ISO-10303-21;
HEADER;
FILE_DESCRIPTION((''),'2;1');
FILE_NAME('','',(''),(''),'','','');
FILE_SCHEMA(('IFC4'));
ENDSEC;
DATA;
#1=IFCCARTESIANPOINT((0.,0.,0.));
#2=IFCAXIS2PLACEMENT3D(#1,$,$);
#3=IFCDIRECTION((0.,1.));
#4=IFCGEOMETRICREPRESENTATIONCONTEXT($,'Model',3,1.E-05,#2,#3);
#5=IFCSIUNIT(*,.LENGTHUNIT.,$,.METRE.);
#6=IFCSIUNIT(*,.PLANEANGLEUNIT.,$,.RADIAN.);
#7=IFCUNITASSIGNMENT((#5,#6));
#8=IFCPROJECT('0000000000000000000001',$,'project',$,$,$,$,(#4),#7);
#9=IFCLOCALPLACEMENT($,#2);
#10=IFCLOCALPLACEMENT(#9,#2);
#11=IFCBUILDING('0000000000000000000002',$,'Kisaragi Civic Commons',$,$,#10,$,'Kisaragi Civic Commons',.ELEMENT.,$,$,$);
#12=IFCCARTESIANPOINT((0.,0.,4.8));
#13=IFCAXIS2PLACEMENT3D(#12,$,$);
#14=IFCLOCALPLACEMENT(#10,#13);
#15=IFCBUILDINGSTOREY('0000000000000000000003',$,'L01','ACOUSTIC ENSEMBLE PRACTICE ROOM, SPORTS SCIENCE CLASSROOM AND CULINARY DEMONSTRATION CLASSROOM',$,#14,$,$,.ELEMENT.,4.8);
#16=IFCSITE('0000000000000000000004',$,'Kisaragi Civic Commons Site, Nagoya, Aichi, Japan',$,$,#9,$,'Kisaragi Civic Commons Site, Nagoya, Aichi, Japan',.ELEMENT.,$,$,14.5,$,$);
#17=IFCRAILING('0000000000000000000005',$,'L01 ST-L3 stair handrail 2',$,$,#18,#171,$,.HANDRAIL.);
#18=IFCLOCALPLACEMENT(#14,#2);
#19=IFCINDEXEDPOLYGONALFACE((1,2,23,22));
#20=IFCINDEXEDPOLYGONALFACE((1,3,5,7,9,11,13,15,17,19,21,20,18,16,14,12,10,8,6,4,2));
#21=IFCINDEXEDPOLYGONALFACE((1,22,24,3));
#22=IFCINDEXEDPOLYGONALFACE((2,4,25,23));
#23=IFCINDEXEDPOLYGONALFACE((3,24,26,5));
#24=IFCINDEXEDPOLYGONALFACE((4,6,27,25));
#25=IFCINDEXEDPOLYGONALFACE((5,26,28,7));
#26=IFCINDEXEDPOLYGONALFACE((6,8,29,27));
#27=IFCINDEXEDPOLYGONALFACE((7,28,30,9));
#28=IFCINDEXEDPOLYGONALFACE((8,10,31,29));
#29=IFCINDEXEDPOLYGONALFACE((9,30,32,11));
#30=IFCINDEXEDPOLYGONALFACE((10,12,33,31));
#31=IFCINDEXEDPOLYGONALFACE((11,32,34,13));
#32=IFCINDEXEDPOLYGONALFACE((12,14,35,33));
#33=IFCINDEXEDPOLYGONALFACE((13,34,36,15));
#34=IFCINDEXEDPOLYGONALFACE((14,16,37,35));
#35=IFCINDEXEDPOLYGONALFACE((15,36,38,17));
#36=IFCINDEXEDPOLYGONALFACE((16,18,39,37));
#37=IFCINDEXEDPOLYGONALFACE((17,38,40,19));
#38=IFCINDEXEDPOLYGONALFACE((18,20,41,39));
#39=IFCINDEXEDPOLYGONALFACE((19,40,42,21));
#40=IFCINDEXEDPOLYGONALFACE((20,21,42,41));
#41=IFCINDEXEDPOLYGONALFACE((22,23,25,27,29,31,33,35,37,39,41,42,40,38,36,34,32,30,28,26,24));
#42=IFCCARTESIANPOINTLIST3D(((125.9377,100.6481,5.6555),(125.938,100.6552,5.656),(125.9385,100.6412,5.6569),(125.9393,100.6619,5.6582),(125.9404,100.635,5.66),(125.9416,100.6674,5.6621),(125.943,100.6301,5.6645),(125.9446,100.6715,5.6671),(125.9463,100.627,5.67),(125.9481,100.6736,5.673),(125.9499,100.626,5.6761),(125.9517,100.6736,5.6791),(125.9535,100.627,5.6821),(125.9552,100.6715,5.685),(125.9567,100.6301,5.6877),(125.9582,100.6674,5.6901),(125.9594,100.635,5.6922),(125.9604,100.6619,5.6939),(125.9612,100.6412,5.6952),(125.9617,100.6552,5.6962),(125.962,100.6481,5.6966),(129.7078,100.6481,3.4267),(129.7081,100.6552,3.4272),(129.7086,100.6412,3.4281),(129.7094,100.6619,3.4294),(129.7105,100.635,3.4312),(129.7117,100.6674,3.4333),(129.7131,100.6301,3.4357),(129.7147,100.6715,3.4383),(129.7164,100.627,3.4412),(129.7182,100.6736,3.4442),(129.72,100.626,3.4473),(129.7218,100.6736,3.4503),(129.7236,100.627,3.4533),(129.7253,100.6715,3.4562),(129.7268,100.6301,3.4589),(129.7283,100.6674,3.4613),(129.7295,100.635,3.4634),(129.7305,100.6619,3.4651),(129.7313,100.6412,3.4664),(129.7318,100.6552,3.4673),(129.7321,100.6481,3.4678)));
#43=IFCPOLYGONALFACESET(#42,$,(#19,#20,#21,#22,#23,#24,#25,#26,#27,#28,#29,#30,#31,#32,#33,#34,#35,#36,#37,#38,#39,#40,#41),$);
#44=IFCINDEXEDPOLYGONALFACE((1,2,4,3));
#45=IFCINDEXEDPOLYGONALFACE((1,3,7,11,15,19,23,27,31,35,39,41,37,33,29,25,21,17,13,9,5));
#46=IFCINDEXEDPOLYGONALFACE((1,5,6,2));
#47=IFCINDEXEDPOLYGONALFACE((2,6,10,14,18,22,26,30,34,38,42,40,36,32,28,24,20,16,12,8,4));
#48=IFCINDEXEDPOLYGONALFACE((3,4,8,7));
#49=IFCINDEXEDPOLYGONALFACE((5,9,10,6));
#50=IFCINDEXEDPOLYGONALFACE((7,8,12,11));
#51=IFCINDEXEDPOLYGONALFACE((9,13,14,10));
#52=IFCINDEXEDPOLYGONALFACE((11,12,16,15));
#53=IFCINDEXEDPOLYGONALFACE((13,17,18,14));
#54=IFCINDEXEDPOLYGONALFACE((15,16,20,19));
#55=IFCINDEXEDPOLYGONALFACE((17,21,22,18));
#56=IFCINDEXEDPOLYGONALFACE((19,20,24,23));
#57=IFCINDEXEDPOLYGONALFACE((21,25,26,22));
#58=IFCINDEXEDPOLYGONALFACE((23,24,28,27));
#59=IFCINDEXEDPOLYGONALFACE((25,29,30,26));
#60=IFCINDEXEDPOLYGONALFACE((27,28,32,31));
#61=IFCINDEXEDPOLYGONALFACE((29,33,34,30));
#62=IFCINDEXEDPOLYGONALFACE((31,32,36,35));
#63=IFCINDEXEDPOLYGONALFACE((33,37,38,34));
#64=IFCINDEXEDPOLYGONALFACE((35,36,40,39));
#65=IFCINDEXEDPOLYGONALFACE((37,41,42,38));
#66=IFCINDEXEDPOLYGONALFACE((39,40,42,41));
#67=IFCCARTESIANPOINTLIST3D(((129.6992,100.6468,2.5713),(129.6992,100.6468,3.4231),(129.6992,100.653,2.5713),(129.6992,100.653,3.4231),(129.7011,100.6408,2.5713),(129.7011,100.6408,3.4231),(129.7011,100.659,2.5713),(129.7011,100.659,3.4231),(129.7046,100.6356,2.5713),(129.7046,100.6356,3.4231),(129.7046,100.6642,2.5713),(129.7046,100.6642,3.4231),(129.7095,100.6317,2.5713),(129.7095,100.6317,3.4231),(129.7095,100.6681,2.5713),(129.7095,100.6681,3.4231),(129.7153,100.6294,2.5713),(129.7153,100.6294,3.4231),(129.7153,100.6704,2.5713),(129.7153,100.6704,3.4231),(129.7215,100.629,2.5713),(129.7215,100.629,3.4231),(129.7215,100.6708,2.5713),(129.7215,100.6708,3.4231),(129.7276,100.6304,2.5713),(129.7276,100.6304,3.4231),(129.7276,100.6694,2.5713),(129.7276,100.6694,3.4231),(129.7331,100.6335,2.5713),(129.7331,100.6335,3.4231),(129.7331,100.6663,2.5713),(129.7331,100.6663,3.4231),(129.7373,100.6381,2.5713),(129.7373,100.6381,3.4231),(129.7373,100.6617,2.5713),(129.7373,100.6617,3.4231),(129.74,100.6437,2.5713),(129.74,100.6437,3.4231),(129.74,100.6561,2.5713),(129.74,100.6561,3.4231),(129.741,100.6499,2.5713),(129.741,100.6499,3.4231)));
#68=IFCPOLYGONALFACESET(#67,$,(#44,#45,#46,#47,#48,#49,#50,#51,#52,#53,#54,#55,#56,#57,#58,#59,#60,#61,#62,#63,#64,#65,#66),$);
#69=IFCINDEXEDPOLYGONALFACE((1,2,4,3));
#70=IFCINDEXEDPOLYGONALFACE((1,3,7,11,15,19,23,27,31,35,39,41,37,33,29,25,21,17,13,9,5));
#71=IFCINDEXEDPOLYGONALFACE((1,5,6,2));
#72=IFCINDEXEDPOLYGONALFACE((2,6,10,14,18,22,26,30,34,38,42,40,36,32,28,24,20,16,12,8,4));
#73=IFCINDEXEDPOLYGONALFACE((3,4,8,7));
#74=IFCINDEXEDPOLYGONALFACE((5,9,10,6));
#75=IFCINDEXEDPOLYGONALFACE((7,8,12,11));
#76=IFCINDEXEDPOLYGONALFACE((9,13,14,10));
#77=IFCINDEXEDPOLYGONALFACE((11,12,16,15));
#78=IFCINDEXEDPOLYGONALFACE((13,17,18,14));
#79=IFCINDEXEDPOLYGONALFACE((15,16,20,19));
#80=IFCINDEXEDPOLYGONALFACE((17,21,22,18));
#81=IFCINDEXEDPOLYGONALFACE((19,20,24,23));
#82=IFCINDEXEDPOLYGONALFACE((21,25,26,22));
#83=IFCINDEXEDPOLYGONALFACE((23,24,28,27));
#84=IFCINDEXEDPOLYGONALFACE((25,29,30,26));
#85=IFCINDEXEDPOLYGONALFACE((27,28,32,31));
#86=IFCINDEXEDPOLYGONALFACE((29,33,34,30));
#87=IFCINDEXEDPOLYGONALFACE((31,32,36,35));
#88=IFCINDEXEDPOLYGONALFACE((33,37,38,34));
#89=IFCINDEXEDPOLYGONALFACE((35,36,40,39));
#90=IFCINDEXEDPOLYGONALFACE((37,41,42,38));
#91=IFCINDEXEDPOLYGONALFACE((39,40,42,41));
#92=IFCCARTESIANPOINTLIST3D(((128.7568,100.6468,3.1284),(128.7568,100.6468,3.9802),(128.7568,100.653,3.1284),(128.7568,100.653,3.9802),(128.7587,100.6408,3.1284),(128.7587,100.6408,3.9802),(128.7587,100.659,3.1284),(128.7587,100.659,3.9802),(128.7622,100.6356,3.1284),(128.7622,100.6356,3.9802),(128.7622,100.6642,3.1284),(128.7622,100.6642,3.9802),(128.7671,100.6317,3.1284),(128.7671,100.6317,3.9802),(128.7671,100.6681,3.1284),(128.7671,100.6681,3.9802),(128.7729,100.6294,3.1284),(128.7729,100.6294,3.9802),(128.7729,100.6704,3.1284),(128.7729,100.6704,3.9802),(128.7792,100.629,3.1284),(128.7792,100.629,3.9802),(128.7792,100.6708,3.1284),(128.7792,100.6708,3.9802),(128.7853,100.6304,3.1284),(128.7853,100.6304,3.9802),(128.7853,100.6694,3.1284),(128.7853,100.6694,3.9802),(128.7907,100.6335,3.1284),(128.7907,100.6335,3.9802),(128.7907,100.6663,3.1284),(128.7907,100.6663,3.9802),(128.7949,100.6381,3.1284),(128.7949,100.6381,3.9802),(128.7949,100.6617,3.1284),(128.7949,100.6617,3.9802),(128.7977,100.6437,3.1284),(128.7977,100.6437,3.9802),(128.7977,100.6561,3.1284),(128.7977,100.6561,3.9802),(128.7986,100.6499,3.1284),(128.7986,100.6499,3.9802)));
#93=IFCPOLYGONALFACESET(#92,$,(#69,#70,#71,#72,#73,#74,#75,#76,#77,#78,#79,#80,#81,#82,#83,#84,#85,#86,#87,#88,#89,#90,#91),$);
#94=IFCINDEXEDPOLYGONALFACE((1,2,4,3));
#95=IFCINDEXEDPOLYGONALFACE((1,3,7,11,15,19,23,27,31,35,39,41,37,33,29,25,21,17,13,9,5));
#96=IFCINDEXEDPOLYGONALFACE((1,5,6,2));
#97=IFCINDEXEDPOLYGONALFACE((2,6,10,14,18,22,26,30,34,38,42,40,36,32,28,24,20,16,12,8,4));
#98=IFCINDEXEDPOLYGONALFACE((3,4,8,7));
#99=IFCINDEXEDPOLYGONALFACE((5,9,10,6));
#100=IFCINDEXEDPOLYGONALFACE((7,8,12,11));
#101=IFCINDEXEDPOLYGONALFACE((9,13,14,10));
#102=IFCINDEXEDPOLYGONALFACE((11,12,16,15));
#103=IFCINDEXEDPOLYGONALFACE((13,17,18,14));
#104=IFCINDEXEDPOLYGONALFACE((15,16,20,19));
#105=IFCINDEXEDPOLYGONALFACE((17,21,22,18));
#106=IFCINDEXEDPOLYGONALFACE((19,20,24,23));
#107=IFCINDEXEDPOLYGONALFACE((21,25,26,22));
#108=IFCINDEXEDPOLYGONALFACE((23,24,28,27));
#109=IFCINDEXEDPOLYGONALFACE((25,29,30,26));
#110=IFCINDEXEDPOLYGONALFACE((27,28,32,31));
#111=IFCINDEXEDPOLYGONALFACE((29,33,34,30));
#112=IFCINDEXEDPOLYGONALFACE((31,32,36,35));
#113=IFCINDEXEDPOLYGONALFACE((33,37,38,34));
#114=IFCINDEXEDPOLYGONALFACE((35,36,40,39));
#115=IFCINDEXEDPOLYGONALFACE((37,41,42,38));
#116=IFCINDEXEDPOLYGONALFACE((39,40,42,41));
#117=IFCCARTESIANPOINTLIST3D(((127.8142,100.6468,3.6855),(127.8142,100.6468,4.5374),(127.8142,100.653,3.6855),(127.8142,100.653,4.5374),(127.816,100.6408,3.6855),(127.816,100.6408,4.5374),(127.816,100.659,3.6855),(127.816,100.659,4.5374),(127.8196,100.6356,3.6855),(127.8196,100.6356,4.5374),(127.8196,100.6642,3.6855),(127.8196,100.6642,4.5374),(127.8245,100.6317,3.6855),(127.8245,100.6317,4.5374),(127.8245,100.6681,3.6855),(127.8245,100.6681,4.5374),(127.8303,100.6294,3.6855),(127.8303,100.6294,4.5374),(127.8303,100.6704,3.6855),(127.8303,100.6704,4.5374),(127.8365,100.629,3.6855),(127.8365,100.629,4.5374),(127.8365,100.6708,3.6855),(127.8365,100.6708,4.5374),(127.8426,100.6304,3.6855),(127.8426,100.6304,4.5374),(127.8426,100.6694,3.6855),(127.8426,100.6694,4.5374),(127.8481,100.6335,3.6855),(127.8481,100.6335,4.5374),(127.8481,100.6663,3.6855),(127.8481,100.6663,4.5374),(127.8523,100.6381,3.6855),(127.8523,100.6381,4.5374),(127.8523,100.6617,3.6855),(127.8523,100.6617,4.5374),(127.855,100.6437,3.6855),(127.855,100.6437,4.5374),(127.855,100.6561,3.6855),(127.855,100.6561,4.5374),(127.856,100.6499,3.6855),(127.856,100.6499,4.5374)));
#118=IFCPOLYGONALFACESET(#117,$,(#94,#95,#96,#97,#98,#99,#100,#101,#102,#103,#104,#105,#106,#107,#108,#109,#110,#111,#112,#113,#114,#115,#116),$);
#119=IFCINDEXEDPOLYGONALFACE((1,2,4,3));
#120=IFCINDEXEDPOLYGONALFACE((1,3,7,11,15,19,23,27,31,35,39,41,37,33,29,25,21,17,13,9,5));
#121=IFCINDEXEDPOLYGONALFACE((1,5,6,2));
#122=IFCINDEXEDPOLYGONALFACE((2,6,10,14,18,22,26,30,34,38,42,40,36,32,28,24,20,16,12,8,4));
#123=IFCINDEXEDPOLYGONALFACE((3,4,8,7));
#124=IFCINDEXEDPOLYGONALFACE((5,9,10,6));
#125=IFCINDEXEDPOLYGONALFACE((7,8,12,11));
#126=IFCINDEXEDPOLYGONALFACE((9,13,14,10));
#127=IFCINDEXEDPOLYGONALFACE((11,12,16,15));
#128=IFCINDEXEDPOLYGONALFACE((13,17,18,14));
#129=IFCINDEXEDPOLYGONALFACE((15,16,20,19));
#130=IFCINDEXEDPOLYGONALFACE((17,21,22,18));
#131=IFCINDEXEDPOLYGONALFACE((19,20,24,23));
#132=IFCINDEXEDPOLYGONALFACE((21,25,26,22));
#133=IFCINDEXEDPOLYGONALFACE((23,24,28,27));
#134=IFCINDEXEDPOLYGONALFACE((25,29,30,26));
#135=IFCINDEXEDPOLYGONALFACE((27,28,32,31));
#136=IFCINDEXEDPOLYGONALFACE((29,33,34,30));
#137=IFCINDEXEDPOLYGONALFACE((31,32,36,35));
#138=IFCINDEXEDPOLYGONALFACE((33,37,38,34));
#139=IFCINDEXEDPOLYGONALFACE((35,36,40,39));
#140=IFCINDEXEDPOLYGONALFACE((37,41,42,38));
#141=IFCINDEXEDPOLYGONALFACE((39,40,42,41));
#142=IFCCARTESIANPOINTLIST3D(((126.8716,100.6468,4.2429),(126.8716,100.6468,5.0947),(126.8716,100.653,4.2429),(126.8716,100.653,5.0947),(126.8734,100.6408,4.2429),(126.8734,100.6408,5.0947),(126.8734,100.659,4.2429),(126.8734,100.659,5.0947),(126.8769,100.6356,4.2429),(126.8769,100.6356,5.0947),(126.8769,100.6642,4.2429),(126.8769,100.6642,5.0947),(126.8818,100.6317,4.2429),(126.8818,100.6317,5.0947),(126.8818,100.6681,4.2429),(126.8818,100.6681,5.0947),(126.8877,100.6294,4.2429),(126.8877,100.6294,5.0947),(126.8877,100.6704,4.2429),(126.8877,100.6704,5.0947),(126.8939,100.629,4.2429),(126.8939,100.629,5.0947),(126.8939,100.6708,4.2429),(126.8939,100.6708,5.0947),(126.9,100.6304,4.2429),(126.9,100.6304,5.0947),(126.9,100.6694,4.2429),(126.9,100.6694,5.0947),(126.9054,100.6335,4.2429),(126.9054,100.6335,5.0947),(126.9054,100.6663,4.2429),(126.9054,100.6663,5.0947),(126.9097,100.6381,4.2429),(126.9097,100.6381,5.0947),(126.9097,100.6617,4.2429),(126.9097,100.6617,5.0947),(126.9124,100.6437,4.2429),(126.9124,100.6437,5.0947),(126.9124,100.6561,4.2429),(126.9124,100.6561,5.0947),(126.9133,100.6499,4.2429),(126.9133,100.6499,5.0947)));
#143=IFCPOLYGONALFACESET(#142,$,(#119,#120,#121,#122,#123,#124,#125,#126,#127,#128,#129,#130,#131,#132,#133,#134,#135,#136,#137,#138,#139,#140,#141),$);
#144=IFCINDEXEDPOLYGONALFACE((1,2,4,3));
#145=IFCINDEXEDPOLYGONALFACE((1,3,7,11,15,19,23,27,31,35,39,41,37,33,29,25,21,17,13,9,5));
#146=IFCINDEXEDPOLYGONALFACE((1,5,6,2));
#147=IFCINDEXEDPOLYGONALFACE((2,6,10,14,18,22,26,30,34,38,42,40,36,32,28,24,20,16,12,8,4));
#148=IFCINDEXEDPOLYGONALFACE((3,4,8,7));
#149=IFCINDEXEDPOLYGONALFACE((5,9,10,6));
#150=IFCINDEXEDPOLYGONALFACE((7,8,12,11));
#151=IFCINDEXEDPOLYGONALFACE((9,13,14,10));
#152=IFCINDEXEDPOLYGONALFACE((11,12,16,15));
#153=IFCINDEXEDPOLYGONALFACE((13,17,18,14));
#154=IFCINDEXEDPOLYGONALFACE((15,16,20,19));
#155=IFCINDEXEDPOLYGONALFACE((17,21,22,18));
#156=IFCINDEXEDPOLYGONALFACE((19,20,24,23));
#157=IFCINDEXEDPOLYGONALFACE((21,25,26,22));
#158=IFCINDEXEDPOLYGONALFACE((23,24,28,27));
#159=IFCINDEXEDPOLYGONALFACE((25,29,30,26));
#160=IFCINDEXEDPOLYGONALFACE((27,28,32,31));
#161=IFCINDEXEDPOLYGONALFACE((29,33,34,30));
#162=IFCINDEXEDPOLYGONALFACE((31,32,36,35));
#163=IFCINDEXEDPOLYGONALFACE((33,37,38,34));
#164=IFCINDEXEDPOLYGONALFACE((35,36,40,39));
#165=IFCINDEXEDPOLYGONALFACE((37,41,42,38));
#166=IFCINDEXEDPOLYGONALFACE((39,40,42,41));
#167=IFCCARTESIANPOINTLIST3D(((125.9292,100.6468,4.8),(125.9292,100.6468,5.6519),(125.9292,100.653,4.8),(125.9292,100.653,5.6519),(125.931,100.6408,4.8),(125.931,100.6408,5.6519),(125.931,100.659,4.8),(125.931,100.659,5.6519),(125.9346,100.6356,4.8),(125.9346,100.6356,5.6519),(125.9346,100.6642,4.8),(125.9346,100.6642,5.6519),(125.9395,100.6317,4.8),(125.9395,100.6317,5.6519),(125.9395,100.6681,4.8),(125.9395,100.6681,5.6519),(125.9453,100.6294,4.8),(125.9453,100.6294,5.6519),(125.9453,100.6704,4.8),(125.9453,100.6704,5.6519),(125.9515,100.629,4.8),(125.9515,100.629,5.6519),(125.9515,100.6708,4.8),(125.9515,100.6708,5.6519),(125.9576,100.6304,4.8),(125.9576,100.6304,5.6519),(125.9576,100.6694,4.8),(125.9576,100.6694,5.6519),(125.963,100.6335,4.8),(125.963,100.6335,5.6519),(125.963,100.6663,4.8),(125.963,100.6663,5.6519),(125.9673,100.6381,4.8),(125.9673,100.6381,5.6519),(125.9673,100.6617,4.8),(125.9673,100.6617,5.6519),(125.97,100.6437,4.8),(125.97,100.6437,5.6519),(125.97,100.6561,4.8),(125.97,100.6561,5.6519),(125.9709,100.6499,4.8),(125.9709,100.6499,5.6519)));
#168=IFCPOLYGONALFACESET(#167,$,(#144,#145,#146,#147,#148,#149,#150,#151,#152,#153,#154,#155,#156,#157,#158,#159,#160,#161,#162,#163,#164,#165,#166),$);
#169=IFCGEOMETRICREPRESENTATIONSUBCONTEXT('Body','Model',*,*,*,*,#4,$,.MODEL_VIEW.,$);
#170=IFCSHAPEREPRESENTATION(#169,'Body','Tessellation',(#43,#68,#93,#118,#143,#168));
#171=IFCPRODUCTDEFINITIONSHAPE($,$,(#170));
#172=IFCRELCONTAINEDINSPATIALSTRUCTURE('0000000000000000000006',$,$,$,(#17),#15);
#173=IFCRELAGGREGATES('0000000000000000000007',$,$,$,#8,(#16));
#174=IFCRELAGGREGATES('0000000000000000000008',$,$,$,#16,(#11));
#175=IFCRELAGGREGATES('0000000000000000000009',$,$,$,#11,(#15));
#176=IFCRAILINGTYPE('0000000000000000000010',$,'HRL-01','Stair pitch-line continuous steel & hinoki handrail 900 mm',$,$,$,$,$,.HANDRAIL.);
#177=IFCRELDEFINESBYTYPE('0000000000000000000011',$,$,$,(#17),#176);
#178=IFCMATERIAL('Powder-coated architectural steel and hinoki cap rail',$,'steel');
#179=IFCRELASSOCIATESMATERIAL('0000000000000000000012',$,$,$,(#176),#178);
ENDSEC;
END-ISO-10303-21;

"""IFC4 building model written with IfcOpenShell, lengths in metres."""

from ifc_helpers import new_model, si_unit, direction, frame, origin, origin_2d, place, context, subcontext, project, spatial, circle, extrude, material, type_object, element, save


model = new_model("IFC4")

# Units and contexts
model_context = context("Model", 3, precision=1e-05, world=origin(), true_north=direction((0.0, 1.0)))
body_context = subcontext(model_context, "Body", "Model", "MODEL_VIEW")
ifc_project = project(units=[si_unit("LENGTHUNIT", "METRE"), si_unit("PLANEANGLEUNIT", "RADIAN")], contexts=[model_context])

# Site, building, storey
site_placement = place(None, origin())
site = spatial("IfcSite", under=ifc_project, at=site_placement, Name="Kisaragi Civic Commons Site, Nagoya, Aichi, Japan", LongName="Kisaragi Civic Commons Site, Nagoya, Aichi, Japan", CompositionType="ELEMENT", RefElevation=14.5)
building_placement = place(site_placement, origin())
building = spatial("IfcBuilding", under=site, at=building_placement, Name="Kisaragi Civic Commons", LongName="Kisaragi Civic Commons", CompositionType="ELEMENT")
storey_placement = place(building_placement, frame((0.0, 0.0, 4.8)))
storey = spatial("IfcBuildingStorey", under=building, at=storey_placement, Name="L01", Description="ACOUSTIC ENSEMBLE PRACTICE ROOM, SPORTS SCIENCE CLASSROOM AND CULINARY DEMONSTRATION CLASSROOM", CompositionType="ELEMENT", Elevation=4.8)

# Railing
ifc_material_1 = material(Name="Powder-coated architectural steel and hinoki cap rail", Category="steel")
railing_type_1 = type_object("IfcRailingType", Name="HRL-01", Description="Stair pitch-line continuous steel & hinoki handrail 900 mm", PredefinedType="HANDRAIL", material=ifc_material_1)
railing_1_placement = place(storey_placement, frame((129.72, 100.6499, 2.5713)))
element("IfcRailing", 1, at=railing_1_placement, inside=storey, type_object=railing_type_1, Name="L01 ST-L3 stair handrail 2", PredefinedType="HANDRAIL", context=body_context, shape_type="SweptSolid", body=[
    extrude(circle(Radius=0.0239, at=origin_2d()), frame((0.0, 0.0, 0.876), z_axis=(-0.860824, 0.0, 0.508902), x_axis=(0.0, -1.0, 0.0)), (0.0, 0.0, 1.0), 4.3796),
    extrude(circle(Radius=0.021, at=origin_2d()), origin(), (0.0, 0.0, 1.0), 0.8518),
    extrude(circle(Radius=0.021, at=origin_2d()), frame((-0.9424, 0.0, 0.5571)), (0.0, 0.0, 1.0), 0.8518),
    extrude(circle(Radius=0.021, at=origin_2d()), frame((-1.885, 0.0, 1.1143)), (0.0, 0.0, 1.0), 0.8518),
    extrude(circle(Radius=0.021, at=origin_2d()), frame((-2.8276, 0.0, 1.6716)), (0.0, 0.0, 1.0), 0.8518),
    extrude(circle(Radius=0.021, at=origin_2d()), frame((-3.77, 0.0, 2.2288)), (0.0, 0.0, 1.0), 0.8518),
])

save(model, "model.ifc")
